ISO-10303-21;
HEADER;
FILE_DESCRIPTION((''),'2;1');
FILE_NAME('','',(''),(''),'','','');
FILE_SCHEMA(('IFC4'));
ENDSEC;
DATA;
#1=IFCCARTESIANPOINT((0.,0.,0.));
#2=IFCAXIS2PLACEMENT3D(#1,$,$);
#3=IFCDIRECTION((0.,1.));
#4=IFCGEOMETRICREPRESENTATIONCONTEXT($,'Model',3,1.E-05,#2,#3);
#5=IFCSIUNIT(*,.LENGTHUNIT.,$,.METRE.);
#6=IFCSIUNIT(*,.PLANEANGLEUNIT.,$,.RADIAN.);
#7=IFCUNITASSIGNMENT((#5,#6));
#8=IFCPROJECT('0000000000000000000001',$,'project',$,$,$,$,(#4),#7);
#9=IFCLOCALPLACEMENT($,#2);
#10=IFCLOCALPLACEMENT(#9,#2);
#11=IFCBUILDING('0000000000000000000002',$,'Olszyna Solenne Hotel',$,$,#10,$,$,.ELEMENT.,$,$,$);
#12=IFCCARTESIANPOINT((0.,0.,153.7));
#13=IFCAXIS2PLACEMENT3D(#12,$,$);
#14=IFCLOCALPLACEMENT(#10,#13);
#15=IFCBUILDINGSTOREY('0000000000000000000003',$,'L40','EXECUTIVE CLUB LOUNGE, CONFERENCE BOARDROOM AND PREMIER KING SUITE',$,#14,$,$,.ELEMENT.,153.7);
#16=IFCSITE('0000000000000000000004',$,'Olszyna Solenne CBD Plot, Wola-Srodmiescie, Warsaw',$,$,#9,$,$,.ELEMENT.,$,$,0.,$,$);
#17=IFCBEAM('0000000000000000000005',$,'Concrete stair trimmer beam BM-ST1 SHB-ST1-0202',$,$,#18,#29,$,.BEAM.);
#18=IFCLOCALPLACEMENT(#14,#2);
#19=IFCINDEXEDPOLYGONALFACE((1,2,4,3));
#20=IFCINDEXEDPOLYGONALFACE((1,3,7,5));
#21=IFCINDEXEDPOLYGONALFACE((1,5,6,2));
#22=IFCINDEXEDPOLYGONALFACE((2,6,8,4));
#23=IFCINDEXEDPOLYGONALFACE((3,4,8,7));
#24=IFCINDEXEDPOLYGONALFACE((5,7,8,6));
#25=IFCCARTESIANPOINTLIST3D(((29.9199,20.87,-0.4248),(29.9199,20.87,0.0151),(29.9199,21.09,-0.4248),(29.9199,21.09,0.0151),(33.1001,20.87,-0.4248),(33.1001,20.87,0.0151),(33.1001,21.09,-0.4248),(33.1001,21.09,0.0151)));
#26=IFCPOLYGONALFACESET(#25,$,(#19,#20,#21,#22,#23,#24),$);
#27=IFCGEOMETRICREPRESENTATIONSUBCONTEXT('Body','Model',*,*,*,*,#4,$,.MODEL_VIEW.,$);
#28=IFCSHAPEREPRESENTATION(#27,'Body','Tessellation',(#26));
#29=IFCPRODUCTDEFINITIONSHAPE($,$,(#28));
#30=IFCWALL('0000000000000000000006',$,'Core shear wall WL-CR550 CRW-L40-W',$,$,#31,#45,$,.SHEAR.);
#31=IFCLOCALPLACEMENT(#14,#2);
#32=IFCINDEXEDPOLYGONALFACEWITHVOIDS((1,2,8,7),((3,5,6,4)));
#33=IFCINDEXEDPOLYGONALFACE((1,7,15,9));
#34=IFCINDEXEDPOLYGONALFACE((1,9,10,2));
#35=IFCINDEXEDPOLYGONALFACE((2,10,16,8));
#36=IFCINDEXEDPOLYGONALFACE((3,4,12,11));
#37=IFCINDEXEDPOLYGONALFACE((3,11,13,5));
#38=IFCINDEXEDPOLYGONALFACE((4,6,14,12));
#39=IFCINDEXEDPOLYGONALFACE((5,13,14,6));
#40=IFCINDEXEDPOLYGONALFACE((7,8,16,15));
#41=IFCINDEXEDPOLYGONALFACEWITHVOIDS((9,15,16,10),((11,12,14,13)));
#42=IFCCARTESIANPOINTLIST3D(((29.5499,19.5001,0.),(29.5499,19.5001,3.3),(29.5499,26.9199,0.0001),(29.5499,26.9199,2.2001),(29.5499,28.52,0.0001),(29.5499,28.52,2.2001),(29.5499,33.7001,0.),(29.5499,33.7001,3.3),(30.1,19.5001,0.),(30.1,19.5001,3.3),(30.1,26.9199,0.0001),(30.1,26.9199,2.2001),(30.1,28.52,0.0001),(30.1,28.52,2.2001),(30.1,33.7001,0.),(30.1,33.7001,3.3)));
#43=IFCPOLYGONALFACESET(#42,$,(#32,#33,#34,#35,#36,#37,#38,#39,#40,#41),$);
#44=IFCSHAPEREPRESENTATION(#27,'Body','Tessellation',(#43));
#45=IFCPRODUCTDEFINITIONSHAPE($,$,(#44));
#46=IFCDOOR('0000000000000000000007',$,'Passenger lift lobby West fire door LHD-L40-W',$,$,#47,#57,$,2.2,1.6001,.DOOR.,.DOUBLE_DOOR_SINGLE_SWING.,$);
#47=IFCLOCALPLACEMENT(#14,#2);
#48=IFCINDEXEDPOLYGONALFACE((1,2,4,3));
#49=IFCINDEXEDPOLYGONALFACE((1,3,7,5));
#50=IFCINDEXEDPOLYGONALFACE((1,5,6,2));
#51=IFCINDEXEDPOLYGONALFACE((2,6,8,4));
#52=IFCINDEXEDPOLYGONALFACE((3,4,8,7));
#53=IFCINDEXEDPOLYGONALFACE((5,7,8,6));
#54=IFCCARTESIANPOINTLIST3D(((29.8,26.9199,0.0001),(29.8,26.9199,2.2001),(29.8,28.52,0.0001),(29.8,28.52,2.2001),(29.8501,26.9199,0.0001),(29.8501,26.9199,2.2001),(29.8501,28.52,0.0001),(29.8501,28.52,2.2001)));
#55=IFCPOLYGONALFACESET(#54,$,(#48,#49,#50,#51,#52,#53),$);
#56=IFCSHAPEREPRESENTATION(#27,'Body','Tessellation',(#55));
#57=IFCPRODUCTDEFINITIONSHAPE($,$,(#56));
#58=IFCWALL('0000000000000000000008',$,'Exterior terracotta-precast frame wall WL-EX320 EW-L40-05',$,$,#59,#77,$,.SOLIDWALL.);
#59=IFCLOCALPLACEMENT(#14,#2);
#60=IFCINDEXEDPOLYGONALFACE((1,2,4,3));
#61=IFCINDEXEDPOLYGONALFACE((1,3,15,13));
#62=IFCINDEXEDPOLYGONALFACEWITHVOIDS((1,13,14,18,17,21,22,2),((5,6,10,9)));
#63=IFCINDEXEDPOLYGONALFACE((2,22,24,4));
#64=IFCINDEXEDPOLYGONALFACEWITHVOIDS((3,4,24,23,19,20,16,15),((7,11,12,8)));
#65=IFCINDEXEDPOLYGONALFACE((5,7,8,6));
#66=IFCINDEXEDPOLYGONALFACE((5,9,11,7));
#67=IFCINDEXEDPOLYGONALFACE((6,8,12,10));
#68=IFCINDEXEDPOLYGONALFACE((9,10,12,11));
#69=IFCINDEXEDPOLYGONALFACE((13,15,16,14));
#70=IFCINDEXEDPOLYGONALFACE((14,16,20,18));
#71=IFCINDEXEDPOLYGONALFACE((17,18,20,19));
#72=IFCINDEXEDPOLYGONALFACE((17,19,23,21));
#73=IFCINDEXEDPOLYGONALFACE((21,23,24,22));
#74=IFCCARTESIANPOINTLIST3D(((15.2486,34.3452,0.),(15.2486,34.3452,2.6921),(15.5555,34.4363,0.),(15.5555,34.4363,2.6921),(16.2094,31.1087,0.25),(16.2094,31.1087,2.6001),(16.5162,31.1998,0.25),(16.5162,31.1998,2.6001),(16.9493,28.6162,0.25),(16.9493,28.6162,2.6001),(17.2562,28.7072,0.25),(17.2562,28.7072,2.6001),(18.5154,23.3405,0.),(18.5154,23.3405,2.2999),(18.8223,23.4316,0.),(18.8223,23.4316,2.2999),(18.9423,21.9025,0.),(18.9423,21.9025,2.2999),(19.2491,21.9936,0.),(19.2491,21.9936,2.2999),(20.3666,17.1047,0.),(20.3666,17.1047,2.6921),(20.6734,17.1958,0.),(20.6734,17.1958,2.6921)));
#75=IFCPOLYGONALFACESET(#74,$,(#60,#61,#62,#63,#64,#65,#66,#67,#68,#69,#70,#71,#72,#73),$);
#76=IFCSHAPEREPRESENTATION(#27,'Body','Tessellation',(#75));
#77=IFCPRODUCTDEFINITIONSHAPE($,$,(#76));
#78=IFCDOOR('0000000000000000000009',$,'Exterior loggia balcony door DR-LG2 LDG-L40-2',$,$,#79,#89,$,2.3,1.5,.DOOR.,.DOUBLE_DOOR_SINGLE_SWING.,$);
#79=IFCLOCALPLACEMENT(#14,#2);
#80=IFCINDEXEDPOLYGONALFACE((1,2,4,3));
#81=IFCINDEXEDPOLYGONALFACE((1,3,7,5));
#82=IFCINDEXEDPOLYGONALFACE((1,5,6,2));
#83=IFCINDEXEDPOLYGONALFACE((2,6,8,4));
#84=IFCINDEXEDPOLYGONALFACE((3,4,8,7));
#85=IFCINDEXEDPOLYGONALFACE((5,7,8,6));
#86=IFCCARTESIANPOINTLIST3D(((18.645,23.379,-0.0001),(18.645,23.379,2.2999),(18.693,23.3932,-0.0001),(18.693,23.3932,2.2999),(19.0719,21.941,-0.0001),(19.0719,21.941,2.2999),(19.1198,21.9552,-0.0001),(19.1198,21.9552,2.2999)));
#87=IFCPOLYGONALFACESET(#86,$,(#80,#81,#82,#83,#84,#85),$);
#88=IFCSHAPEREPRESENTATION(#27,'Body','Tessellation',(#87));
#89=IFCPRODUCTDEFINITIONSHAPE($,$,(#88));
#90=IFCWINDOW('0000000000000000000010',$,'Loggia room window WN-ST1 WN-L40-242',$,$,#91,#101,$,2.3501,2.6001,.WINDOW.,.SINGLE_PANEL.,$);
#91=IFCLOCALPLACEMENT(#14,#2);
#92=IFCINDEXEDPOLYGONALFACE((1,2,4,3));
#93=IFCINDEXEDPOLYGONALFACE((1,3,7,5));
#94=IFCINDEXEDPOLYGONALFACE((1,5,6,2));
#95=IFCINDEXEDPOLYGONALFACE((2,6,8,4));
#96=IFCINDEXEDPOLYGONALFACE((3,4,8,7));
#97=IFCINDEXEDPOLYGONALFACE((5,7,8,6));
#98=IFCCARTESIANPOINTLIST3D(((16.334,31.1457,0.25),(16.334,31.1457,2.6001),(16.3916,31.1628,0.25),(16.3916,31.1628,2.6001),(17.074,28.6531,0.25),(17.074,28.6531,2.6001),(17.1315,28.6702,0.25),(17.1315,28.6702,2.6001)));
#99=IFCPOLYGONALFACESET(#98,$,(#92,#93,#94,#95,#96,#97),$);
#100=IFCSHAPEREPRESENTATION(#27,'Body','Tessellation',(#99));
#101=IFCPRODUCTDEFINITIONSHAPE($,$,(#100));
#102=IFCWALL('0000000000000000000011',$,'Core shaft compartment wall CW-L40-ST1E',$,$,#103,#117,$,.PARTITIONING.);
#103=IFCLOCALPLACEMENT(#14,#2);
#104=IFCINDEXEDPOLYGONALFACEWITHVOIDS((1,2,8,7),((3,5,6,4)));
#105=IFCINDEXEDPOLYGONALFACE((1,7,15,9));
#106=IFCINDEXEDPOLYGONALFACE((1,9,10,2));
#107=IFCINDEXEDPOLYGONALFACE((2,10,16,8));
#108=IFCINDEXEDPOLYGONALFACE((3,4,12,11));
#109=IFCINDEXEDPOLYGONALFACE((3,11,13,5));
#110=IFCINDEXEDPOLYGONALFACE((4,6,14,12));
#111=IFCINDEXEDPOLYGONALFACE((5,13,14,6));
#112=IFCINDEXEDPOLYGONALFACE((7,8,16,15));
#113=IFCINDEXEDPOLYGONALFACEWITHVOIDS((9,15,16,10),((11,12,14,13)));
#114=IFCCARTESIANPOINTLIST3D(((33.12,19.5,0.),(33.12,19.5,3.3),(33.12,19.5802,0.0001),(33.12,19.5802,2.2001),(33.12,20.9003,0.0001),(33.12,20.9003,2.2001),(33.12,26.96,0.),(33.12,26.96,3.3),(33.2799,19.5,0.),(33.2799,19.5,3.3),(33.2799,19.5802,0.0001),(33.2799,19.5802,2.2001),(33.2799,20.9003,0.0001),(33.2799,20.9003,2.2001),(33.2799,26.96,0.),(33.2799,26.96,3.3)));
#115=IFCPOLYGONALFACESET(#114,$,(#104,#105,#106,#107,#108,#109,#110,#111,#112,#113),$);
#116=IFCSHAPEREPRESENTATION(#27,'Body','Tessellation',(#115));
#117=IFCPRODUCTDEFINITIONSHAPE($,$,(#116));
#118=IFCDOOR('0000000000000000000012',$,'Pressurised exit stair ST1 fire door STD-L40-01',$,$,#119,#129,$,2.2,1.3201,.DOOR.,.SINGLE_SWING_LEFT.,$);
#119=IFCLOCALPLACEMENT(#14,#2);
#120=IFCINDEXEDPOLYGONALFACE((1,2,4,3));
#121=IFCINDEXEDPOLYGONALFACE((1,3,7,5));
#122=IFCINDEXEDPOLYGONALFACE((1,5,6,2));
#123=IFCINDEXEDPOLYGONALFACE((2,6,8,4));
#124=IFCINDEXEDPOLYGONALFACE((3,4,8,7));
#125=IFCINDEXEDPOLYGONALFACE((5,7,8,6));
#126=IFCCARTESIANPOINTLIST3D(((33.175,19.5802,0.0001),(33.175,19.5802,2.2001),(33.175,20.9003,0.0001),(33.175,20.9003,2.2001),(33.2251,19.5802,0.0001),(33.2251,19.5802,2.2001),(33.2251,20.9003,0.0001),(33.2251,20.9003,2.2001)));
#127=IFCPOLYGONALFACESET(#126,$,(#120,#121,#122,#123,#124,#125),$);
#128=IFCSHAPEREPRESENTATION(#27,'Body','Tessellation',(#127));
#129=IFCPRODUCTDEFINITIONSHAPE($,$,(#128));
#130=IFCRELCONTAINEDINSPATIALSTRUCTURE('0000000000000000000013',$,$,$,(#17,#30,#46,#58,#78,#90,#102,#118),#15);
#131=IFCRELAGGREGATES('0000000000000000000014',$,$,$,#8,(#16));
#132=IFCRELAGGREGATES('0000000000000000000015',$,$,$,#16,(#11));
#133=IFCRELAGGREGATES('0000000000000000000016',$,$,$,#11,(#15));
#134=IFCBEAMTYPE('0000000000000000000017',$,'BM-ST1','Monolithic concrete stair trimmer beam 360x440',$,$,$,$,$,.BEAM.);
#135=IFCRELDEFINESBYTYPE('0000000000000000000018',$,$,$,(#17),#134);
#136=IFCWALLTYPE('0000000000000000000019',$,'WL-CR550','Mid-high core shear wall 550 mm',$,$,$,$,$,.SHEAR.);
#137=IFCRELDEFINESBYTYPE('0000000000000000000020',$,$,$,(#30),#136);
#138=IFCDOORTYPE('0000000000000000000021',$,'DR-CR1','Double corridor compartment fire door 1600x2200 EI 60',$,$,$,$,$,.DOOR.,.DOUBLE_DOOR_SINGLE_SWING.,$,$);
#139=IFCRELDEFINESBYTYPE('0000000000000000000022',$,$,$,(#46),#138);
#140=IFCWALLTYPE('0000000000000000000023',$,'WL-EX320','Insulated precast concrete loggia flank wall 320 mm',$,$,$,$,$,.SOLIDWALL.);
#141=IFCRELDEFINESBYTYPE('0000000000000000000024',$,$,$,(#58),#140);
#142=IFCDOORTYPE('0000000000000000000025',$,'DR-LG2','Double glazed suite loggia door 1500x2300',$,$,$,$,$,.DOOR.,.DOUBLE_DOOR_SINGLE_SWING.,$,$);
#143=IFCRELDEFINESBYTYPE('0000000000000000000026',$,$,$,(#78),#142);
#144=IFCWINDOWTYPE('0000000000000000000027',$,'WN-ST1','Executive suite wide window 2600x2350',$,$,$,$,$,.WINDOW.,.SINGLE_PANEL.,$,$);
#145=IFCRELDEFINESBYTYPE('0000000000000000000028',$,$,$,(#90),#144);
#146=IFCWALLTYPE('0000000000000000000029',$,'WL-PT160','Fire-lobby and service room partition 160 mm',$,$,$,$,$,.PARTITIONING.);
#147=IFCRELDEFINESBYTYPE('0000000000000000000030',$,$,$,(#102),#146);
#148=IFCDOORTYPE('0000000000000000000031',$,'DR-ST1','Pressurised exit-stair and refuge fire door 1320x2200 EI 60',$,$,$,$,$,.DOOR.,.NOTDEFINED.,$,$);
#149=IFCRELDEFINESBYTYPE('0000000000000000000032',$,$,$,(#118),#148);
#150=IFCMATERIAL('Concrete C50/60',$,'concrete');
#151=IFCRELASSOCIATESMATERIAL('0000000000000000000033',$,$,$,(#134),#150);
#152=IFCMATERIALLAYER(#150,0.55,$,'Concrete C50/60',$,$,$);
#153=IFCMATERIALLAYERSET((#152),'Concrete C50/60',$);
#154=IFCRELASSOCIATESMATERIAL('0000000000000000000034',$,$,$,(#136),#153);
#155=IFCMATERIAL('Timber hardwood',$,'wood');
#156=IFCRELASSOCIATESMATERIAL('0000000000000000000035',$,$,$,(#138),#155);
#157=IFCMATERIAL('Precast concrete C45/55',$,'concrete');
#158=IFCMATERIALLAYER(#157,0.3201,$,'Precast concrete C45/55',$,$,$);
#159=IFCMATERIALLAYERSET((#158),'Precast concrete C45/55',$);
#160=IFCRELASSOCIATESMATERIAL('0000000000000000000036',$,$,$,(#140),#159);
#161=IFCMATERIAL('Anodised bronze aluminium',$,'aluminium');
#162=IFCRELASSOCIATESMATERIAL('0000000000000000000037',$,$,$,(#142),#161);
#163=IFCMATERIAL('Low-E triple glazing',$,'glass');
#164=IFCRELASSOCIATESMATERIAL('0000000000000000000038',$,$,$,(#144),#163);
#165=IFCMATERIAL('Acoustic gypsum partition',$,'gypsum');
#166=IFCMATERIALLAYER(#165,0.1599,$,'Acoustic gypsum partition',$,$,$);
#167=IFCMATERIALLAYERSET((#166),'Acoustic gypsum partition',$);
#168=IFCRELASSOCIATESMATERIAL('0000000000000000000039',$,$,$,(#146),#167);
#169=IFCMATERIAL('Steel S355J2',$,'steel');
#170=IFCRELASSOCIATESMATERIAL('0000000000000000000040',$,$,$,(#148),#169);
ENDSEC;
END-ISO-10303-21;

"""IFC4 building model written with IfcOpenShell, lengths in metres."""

from ifc_helpers import new_model, si_unit, direction, frame, frame_2d, origin, origin_2d, place, context, subcontext, project, spatial, rectangle, extrude, source, transform, mapped, material, layer, layer_set, material_profile, profile_set, type_object, type_shapes, element, fill, save


model = new_model("IFC4")

# Units and contexts
model_context = context("Model", 3, precision=1e-05, world=origin(), true_north=direction((0.0, 1.0)))
body_context = subcontext(model_context, "Body", "Model", "MODEL_VIEW")
ifc_project = project(units=[si_unit("LENGTHUNIT", "METRE"), si_unit("PLANEANGLEUNIT", "RADIAN")], contexts=[model_context])

# Site, building, storey
site_placement = place(None, origin())
site = spatial("IfcSite", under=ifc_project, at=site_placement, Name="Olszyna Solenne CBD Plot, Wola-Srodmiescie, Warsaw", CompositionType="ELEMENT", RefElevation=0.0)
building_placement = place(site_placement, origin())
building = spatial("IfcBuilding", under=site, at=building_placement, Name="Olszyna Solenne Hotel", CompositionType="ELEMENT")
storey_placement = place(building_placement, frame((0.0, 0.0, 153.7)))
storey = spatial("IfcBuildingStorey", under=building, at=storey_placement, Name="L40", Description="EXECUTIVE CLUB LOUNGE, CONFERENCE BOARDROOM AND PREMIER KING SUITE", CompositionType="ELEMENT", Elevation=153.7)

# Beam
ifc_material_1 = material(Name="Concrete C50/60", Category="concrete")
ifc_material_profile = material_profile(ifc_material_1, rectangle(XDim=0.22, YDim=0.4399, at=origin_2d()), Name="RC 220x440", Category="load-bearing")
ifc_profile_set = profile_set([ifc_material_profile], Name="Concrete C50/60")
beam_type = type_object("IfcBeamType", Name="BM-ST1", Description="Monolithic concrete stair trimmer beam 360x440", PredefinedType="BEAM", material=ifc_profile_set)
shared_shape_1 = source(origin(), body_context, "Body", "SweptSolid", [
    extrude(rectangle(XDim=0.22, YDim=0.4399, at=origin_2d()), origin(), (0.0, 0.0, 1.0), 3.1802),
])
beam_placement = place(storey_placement, frame((33.1001, 20.98, -0.2048), z_axis=(-1.0, 0.0, 0.0), x_axis=(0.0, -1.0, 0.0)))
element("IfcBeam", 1, at=beam_placement, inside=storey, type_object=beam_type, Name="Concrete stair trimmer beam BM-ST1 SHB-ST1-0202", PredefinedType="BEAM", context=body_context, shape_type="MappedRepresentation", body=[
    mapped(shared_shape_1, transform((0.0, 0.0, 0.0), x_axis=(1.0, 0.0, 0.0), y_axis=(0.0, 1.0, 0.0), z_axis=(0.0, 0.0, 1.0), scale=1.0)),
])

# Wall, opening, door
ifc_layer_1 = layer(ifc_material_1, 0.55, Name="Concrete C50/60")
ifc_layer_set_1 = layer_set([ifc_layer_1], Name="Concrete C50/60")
wall_type_1 = type_object("IfcWallType", Name="WL-CR550", Description="Mid-high core shear wall 550 mm", PredefinedType="SHEAR", material=ifc_layer_set_1)
wall_1_placement = place(storey_placement, frame((29.825, 19.5, 0.0), z_axis=(0.0, 0.0, 1.0), x_axis=(0.0, 1.0, 0.0)))
wall_1 = element("IfcWall", 2, at=wall_1_placement, inside=storey, type_object=wall_type_1, Name="Core shear wall WL-CR550 CRW-L40-W", PredefinedType="SHEAR", context=body_context, shape_type="SweptSolid", body=[
    extrude(rectangle(XDim=14.2, YDim=0.55, at=frame_2d((7.1001, 0.0))), origin(), (0.0, 0.0, 1.0), 3.3),
])
opening_1_placement = place(wall_1_placement, frame((7.4199, 0.0, 0.0)))
opening_1 = element("IfcOpeningElement", 3, at=opening_1_placement, cuts=wall_1, PredefinedType="OPENING", context=body_context, shape_type="SweptSolid", body=[
    extrude(rectangle(XDim=1.6001, YDim=2.2, at=frame_2d((0.8, 1.1001))), frame((0.0, 0.2852, 0.0), z_axis=(0.0, -1.0, 0.0), x_axis=(1.0, 0.0, 0.0)), (0.0, 0.0, 1.0), 0.5701),
])
ifc_material_2 = material(Name="Timber hardwood", Category="wood")
door_type_1 = type_object("IfcDoorType", Name="DR-CR1", Description="Double corridor compartment fire door 1600x2200 EI 60", OperationType="DOUBLE_DOOR_SINGLE_SWING", PredefinedType="DOOR", material=ifc_material_2)
shared_shape_2 = source(origin(), body_context, "Body", "SweptSolid", [
    extrude(rectangle(XDim=1.6001, YDim=2.2, at=frame_2d((0.8, 1.1001))), frame((0.0, 0.0249, 0.0), z_axis=(0.0, -1.0, 0.0), x_axis=(1.0, 0.0, 0.0)), (0.0, 0.0, 1.0), 0.05),
])
type_shapes(door_type_1, [shared_shape_2])
door_1_placement = place(opening_1_placement, origin())
door_1 = element("IfcDoor", 4, at=door_1_placement, inside=storey, type_object=door_type_1, Name="Passenger lift lobby West fire door LHD-L40-W", OperationType="DOUBLE_DOOR_SINGLE_SWING", OverallHeight=2.2, OverallWidth=1.6001, PredefinedType="DOOR", context=body_context, shape_type="MappedRepresentation", body=[
    mapped(shared_shape_2, transform((0.0, 0.0, 0.0), x_axis=(1.0, 0.0, 0.0), y_axis=(0.0, 1.0, 0.0), z_axis=(0.0, 0.0, 1.0), scale=1.0)),
])
fill(opening_1, door_1)

# Wall, openings, door, window
ifc_material_3 = material(Name="Precast concrete C45/55", Category="concrete")
ifc_layer_2 = layer(ifc_material_3, 0.3201, Name="Precast concrete C45/55")
ifc_layer_set_2 = layer_set([ifc_layer_2], Name="Precast concrete C45/55")
wall_type_2 = type_object("IfcWallType", Name="WL-EX320", Description="Insulated precast concrete loggia flank wall 320 mm", PredefinedType="SOLIDWALL", material=ifc_layer_set_2)
wall_2_placement = place(storey_placement, frame((20.52, 17.1501, 0.0), z_axis=(0.0, 0.0, 1.0), x_axis=(-0.284581, 0.958652, 0.0)))
wall_2 = element("IfcWall", 5, at=wall_2_placement, inside=storey, type_object=wall_type_2, Name="Exterior terracotta-precast frame wall WL-EX320 EW-L40-05", PredefinedType="SOLIDWALL", context=body_context, shape_type="SweptSolid", body=[
    extrude(rectangle(XDim=17.9841, YDim=0.3201, at=frame_2d((8.9922, 0.0))), origin(), (0.0, 0.0, 1.0), 2.6921),
])
opening_2_placement = place(wall_2_placement, frame((5.0049, 0.0, 0.0)))
opening_2 = element("IfcOpeningElement", 6, at=opening_2_placement, cuts=wall_2, PredefinedType="OPENING", context=body_context, shape_type="SweptSolid", body=[
    extrude(rectangle(XDim=1.5, YDim=2.3, at=frame_2d((0.75, 1.1499))), frame((0.0, 0.1699, 0.0), z_axis=(0.0, -1.0, 0.0), x_axis=(1.0, 0.0, 0.0)), (0.0, 0.0, 1.0), 0.3401),
])
opening_3_placement = place(wall_2_placement, frame((12.0081, 0.0, 0.25)))
opening_3 = element("IfcOpeningElement", 7, at=opening_3_placement, cuts=wall_2, PredefinedType="OPENING", context=body_context, shape_type="SweptSolid", body=[
    extrude(rectangle(XDim=2.6001, YDim=2.3501, at=frame_2d((1.3, 1.175))), frame((0.0, 0.1699, 0.0), z_axis=(0.0, -1.0, 0.0), x_axis=(1.0, 0.0, 0.0)), (0.0, 0.0, 1.0), 0.3401),
])
ifc_material_4 = material(Name="Anodised bronze aluminium", Category="aluminium")
door_type_2 = type_object("IfcDoorType", Name="DR-LG2", Description="Double glazed suite loggia door 1500x2300", OperationType="DOUBLE_DOOR_SINGLE_SWING", PredefinedType="DOOR", material=ifc_material_4)
shared_shape_3 = source(origin(), body_context, "Body", "SweptSolid", [
    extrude(rectangle(XDim=1.5, YDim=2.3, at=frame_2d((0.75, 1.1499))), frame((0.0, 0.0249, 0.0), z_axis=(0.0, -1.0, 0.0), x_axis=(1.0, 0.0, 0.0)), (0.0, 0.0, 1.0), 0.05),
])
type_shapes(door_type_2, [shared_shape_3])
door_2_placement = place(opening_2_placement, origin())
door_2 = element("IfcDoor", 8, at=door_2_placement, inside=storey, type_object=door_type_2, Name="Exterior loggia balcony door DR-LG2 LDG-L40-2", OperationType="DOUBLE_DOOR_SINGLE_SWING", OverallHeight=2.3, OverallWidth=1.5, PredefinedType="DOOR", context=body_context, shape_type="MappedRepresentation", body=[
    mapped(shared_shape_3, transform((0.0, 0.0, 0.0), x_axis=(1.0, 0.0, 0.0), y_axis=(0.0, 1.0, 0.0), z_axis=(0.0, 0.0, 1.0), scale=1.0)),
])
fill(opening_2, door_2)
ifc_material_5 = material(Name="Low-E triple glazing", Category="glass")
window_type = type_object("IfcWindowType", Name="WN-ST1", Description="Executive suite wide window 2600x2350", PartitioningType="SINGLE_PANEL", PredefinedType="WINDOW", material=ifc_material_5)
shared_shape_4 = source(origin(), body_context, "Body", "SweptSolid", [
    extrude(rectangle(XDim=2.6001, YDim=2.3501, at=frame_2d((1.3, 1.175))), frame((0.0, 0.03, 0.0), z_axis=(0.0, -1.0, 0.0), x_axis=(1.0, 0.0, 0.0)), (0.0, 0.0, 1.0), 0.0601),
])
type_shapes(window_type, [shared_shape_4])
window_placement = place(opening_3_placement, origin())
window = element("IfcWindow", 9, at=window_placement, inside=storey, type_object=window_type, Name="Loggia room window WN-ST1 WN-L40-242", OverallHeight=2.3501, OverallWidth=2.6001, PartitioningType="SINGLE_PANEL", PredefinedType="WINDOW", context=body_context, shape_type="MappedRepresentation", body=[
    mapped(shared_shape_4, transform((0.0, 0.0, 0.0), x_axis=(1.0, 0.0, 0.0), y_axis=(0.0, 1.0, 0.0), z_axis=(0.0, 0.0, 1.0), scale=1.0)),
])
fill(opening_3, window)

# Wall, opening, door
ifc_material_6 = material(Name="Acoustic gypsum partition", Category="gypsum")
ifc_layer_3 = layer(ifc_material_6, 0.1599, Name="Acoustic gypsum partition")
ifc_layer_set_3 = layer_set([ifc_layer_3], Name="Acoustic gypsum partition")
wall_type_3 = type_object("IfcWallType", Name="WL-PT160", Description="Fire-lobby and service room partition 160 mm", PredefinedType="PARTITIONING", material=ifc_layer_set_3)
wall_3_placement = place(storey_placement, frame((33.2, 19.5, 0.0), z_axis=(0.0, 0.0, 1.0), x_axis=(0.0, 1.0, 0.0)))
wall_3 = element("IfcWall", 10, at=wall_3_placement, inside=storey, type_object=wall_type_3, Name="Core shaft compartment wall CW-L40-ST1E", PredefinedType="PARTITIONING", context=body_context, shape_type="SweptSolid", body=[
    extrude(rectangle(XDim=7.46, YDim=0.1599, at=frame_2d((3.73, 0.0))), origin(), (0.0, 0.0, 1.0), 3.3),
])
opening_4_placement = place(wall_3_placement, frame((0.0801, 0.0, 0.0)))
opening_4 = element("IfcOpeningElement", 11, at=opening_4_placement, cuts=wall_3, PredefinedType="OPENING", context=body_context, shape_type="SweptSolid", body=[
    extrude(rectangle(XDim=1.3201, YDim=2.2, at=frame_2d((0.6602, 1.1001))), frame((0.0, 0.0898, 0.0), z_axis=(0.0, -1.0, 0.0), x_axis=(1.0, 0.0, 0.0)), (0.0, 0.0, 1.0), 0.1799),
])
ifc_material_7 = material(Name="Steel S355J2", Category="steel")
door_type_3 = type_object("IfcDoorType", Name="DR-ST1", Description="Pressurised exit-stair and refuge fire door 1320x2200 EI 60", OperationType="NOTDEFINED", PredefinedType="DOOR", material=ifc_material_7)
shared_shape_5 = source(origin(), body_context, "Body", "SweptSolid", [
    extrude(rectangle(XDim=1.3201, YDim=2.2, at=frame_2d((0.6602, 1.1001))), frame((0.0, 0.0249, 0.0), z_axis=(0.0, -1.0, 0.0), x_axis=(1.0, 0.0, 0.0)), (0.0, 0.0, 1.0), 0.05),
])
type_shapes(door_type_3, [shared_shape_5])
door_3_placement = place(opening_4_placement, origin())
door_3 = element("IfcDoor", 12, at=door_3_placement, inside=storey, type_object=door_type_3, Name="Pressurised exit stair ST1 fire door STD-L40-01", OperationType="SINGLE_SWING_LEFT", OverallHeight=2.2, OverallWidth=1.3201, PredefinedType="DOOR", context=body_context, shape_type="MappedRepresentation", body=[
    mapped(shared_shape_5, transform((0.0, 0.0, 0.0), x_axis=(1.0, 0.0, 0.0), y_axis=(0.0, 1.0, 0.0), z_axis=(0.0, 0.0, 1.0), scale=1.0)),
])
fill(opening_4, door_3)

save(model, "model.ifc")
